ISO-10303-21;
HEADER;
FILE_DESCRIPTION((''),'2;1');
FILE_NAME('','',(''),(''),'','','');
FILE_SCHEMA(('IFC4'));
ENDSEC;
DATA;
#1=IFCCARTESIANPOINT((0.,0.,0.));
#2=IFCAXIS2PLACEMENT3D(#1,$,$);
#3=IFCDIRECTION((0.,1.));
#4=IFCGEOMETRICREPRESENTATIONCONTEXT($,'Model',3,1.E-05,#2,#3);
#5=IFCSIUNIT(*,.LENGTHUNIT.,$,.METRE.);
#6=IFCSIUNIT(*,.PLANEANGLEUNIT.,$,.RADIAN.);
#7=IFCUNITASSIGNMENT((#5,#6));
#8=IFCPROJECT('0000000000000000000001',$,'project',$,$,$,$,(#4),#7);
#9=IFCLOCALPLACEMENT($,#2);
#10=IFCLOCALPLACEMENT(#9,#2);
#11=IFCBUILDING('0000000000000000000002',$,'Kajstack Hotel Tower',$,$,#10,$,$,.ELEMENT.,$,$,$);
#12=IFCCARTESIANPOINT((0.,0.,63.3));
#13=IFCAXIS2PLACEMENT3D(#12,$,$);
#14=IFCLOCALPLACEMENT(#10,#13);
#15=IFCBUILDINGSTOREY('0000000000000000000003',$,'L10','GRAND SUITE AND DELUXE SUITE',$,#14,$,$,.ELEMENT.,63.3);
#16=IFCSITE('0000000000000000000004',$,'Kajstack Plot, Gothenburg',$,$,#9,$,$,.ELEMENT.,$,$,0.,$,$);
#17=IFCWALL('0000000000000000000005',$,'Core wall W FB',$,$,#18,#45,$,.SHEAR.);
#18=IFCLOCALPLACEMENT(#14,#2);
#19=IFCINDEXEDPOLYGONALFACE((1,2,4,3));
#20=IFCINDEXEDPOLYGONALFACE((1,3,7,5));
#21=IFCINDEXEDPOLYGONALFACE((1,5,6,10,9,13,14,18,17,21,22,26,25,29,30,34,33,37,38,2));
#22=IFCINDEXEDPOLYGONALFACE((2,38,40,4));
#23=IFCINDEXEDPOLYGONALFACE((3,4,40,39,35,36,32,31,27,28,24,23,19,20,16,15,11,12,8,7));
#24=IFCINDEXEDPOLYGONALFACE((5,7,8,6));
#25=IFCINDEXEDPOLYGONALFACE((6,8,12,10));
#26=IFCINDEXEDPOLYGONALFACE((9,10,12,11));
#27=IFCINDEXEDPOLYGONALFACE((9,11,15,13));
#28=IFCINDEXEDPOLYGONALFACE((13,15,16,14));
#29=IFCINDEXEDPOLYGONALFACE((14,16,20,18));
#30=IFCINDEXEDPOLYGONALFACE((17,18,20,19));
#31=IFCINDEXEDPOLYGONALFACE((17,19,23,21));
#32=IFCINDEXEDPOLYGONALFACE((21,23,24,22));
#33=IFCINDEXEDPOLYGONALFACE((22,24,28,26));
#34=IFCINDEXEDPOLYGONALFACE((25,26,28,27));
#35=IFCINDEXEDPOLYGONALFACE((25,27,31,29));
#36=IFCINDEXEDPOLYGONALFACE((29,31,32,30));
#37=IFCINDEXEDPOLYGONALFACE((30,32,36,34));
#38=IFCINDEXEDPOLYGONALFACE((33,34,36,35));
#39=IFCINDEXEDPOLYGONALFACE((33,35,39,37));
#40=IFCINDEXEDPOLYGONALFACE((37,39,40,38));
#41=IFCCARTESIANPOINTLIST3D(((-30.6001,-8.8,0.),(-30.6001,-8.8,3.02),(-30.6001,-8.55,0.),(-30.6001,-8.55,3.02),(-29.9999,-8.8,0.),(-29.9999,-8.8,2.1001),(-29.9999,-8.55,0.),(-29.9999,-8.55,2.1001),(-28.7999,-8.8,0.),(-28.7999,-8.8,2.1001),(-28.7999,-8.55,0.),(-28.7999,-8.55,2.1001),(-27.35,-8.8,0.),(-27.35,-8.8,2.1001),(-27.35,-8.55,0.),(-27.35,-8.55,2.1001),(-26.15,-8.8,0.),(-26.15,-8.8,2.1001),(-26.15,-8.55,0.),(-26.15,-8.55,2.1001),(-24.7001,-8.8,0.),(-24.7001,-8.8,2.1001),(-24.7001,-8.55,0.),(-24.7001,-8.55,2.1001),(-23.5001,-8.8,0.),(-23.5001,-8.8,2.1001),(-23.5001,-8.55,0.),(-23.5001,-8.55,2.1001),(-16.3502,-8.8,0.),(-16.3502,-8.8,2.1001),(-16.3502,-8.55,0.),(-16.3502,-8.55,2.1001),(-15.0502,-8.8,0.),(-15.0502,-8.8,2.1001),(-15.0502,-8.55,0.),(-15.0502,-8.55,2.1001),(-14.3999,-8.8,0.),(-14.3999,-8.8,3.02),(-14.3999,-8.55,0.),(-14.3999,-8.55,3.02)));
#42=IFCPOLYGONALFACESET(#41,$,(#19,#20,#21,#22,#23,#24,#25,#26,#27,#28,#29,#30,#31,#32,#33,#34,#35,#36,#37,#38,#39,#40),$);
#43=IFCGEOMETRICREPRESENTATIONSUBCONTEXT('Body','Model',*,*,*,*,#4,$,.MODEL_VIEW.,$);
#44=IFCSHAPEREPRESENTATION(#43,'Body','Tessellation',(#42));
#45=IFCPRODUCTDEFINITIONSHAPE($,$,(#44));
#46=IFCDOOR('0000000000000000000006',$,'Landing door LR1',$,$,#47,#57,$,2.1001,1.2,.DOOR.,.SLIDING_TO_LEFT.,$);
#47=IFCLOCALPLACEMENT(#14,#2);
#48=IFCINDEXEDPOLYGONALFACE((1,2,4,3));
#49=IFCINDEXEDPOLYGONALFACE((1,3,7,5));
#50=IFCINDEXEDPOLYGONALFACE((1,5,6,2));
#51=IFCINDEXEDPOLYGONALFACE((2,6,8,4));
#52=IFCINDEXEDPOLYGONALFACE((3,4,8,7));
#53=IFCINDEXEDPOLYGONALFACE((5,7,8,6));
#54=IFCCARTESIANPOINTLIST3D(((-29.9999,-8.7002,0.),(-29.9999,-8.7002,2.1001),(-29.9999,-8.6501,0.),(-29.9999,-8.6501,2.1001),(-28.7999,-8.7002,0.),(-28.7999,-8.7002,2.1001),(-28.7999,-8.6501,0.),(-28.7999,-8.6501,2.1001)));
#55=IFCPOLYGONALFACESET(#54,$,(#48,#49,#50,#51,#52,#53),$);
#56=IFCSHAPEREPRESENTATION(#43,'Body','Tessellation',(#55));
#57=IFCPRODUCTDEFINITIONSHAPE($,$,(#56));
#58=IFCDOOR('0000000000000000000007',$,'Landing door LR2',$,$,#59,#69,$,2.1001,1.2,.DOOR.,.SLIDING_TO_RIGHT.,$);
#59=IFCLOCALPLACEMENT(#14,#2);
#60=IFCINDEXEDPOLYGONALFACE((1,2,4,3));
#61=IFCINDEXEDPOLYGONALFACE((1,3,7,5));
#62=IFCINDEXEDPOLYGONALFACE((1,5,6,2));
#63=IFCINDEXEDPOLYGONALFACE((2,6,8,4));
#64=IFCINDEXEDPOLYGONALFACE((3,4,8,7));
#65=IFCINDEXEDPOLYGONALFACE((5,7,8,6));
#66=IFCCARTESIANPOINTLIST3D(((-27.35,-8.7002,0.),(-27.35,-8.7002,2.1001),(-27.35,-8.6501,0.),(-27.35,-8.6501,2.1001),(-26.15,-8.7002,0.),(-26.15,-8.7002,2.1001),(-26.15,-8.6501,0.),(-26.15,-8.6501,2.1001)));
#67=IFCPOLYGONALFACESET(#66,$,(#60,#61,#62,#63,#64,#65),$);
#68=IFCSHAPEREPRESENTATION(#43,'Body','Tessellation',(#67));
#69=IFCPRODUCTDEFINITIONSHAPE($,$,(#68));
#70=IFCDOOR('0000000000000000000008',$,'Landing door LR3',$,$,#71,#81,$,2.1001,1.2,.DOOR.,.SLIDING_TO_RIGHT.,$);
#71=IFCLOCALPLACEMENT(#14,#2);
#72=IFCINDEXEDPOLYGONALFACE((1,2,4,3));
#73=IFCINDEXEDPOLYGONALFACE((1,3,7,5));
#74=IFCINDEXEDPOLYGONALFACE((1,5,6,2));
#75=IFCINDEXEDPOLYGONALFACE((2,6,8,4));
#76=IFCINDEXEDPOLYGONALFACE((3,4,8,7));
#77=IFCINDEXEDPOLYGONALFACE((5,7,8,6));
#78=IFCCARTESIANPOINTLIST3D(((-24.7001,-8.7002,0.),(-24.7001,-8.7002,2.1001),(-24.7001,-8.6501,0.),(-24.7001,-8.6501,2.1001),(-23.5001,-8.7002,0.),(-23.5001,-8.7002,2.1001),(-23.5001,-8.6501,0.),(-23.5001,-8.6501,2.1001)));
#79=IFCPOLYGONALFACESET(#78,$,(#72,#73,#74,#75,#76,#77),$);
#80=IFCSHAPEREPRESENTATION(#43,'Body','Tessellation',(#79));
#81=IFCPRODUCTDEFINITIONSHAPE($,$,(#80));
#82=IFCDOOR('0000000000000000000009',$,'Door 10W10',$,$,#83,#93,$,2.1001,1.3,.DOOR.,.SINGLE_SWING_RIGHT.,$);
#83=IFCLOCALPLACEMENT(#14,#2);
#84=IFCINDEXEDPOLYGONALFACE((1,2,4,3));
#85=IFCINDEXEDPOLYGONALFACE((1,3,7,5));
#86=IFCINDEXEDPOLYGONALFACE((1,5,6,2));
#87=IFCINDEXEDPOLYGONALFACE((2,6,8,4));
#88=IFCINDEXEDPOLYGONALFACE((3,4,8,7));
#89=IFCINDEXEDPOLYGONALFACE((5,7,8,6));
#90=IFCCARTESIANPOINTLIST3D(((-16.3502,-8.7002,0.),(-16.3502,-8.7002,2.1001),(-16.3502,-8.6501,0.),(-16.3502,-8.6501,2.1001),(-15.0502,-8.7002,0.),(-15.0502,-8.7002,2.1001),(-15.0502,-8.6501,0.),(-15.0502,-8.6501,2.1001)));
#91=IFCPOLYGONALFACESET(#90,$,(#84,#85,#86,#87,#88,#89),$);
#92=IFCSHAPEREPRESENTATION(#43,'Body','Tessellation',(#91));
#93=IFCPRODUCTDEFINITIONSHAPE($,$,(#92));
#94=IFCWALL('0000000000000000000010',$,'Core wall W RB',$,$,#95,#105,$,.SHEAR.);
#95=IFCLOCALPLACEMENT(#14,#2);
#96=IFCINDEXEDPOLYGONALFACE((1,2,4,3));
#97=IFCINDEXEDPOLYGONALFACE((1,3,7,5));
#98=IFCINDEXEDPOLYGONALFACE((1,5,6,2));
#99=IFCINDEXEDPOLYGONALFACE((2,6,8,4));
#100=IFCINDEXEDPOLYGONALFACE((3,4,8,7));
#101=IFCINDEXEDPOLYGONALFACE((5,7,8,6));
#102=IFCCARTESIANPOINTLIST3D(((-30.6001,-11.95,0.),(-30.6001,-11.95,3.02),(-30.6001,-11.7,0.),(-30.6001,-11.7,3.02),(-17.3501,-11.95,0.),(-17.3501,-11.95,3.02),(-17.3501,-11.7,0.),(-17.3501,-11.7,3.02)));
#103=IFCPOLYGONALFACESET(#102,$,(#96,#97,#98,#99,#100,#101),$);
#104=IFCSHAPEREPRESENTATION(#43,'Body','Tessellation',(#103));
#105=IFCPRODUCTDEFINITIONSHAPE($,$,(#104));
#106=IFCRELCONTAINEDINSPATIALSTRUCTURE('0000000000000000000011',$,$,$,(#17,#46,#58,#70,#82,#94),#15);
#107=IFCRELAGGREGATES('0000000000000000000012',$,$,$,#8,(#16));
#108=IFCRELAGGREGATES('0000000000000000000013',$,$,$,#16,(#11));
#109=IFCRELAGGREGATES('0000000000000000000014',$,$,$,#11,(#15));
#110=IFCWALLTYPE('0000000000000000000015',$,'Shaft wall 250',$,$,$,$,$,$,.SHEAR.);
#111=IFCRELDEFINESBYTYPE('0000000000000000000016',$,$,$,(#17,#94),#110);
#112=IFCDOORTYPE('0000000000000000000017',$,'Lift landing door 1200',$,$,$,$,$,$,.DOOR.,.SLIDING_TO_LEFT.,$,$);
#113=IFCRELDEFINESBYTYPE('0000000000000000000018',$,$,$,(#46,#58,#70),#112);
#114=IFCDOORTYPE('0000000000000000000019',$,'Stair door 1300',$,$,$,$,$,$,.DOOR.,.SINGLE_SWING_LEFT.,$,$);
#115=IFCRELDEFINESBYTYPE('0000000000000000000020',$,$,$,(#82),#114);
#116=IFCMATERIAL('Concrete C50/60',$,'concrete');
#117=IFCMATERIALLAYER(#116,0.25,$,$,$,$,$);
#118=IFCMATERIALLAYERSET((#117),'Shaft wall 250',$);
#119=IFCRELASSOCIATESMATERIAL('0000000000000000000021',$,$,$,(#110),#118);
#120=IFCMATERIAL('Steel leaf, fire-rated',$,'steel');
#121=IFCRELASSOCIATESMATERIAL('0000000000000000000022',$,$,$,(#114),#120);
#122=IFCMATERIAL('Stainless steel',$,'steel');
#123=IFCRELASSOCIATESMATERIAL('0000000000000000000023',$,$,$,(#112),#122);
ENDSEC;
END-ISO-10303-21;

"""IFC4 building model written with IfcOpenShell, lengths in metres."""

from ifc_helpers import new_model, si_unit, direction, frame, frame_2d, origin, place, context, subcontext, project, spatial, rectangle, extrude, material, layer, layer_set, type_object, element, fill, save


model = new_model("IFC4")

# Units and contexts
model_context = context("Model", 3, precision=1e-05, world=origin(), true_north=direction((0.0, 1.0)))
body_context = subcontext(model_context, "Body", "Model", "MODEL_VIEW")
ifc_project = project(units=[si_unit("LENGTHUNIT", "METRE"), si_unit("PLANEANGLEUNIT", "RADIAN")], contexts=[model_context])

# Site, building, storey
site_placement = place(None, origin())
site = spatial("IfcSite", under=ifc_project, at=site_placement, Name="Kajstack Plot, Gothenburg", CompositionType="ELEMENT", RefElevation=0.0)
building_placement = place(site_placement, origin())
building = spatial("IfcBuilding", under=site, at=building_placement, Name="Kajstack Hotel Tower", CompositionType="ELEMENT")
storey_placement = place(building_placement, frame((0.0, 0.0, 63.3)))
storey = spatial("IfcBuildingStorey", under=building, at=storey_placement, Name="L10", Description="GRAND SUITE AND DELUXE SUITE", CompositionType="ELEMENT", Elevation=63.3)

# Shared definitions
ifc_material_1 = material(Name="Stainless steel", Category="steel")

# Shared definitions
ifc_material_2 = material(Name="Concrete C50/60", Category="concrete")
ifc_layer_1 = layer(ifc_material_2, 0.25)
ifc_layer_set_1 = layer_set([ifc_layer_1], Name="Shaft wall 250")
wall_type_1 = type_object("IfcWallType", Name="Shaft wall 250", PredefinedType="SHEAR", material=ifc_layer_set_1)
ifc_material_3 = material(Name="Steel leaf, fire-rated", Category="steel")
door_type_1 = type_object("IfcDoorType", Name="Stair door 1300", OperationType="SINGLE_SWING_LEFT", PredefinedType="DOOR", material=ifc_material_3)

# Wall, openings, doors
wall_1_placement = place(storey_placement, frame((-30.6001, -8.675, 0.0), z_axis=(0.0, 0.0, 1.0), x_axis=(1.0, 0.0, 0.0)))
wall_1 = element("IfcWall", 1, at=wall_1_placement, inside=storey, type_object=wall_type_1, Name="Core wall W FB", PredefinedType="SHEAR", context=body_context, shape_type="SweptSolid", body=[
    extrude(rectangle(XDim=16.2002, YDim=0.25, at=frame_2d((8.1001, 0.0))), origin(), (0.0, 0.0, 1.0), 3.02),
])
opening_1_placement = place(wall_1_placement, frame((0.6001, 0.0, 0.0)))
opening_1 = element("IfcOpeningElement", 2, at=opening_1_placement, cuts=wall_1, PredefinedType="OPENING", context=body_context, shape_type="SweptSolid", body=[
    extrude(rectangle(XDim=1.2, YDim=2.1001, at=frame_2d((0.6001, 1.05))), frame((0.0, 0.135, 0.0), z_axis=(0.0, -1.0, 0.0), x_axis=(1.0, 0.0, 0.0)), (0.0, 0.0, 1.0), 0.27),
])
opening_2_placement = place(wall_1_placement, frame((3.25, 0.0, 0.0)))
opening_2 = element("IfcOpeningElement", 3, at=opening_2_placement, cuts=wall_1, PredefinedType="OPENING", context=body_context, shape_type="SweptSolid", body=[
    extrude(rectangle(XDim=1.2, YDim=2.1001, at=frame_2d((0.6001, 1.05))), frame((0.0, 0.135, 0.0), z_axis=(0.0, -1.0, 0.0), x_axis=(1.0, 0.0, 0.0)), (0.0, 0.0, 1.0), 0.27),
])
opening_3_placement = place(wall_1_placement, frame((5.8999, 0.0, 0.0)))
opening_3 = element("IfcOpeningElement", 4, at=opening_3_placement, cuts=wall_1, PredefinedType="OPENING", context=body_context, shape_type="SweptSolid", body=[
    extrude(rectangle(XDim=1.2, YDim=2.1001, at=frame_2d((0.6001, 1.05))), frame((0.0, 0.135, 0.0), z_axis=(0.0, -1.0, 0.0), x_axis=(1.0, 0.0, 0.0)), (0.0, 0.0, 1.0), 0.27),
])
opening_4_placement = place(wall_1_placement, frame((14.25, 0.0, 0.0)))
opening_4 = element("IfcOpeningElement", 5, at=opening_4_placement, cuts=wall_1, PredefinedType="OPENING", context=body_context, shape_type="SweptSolid", body=[
    extrude(rectangle(XDim=1.3, YDim=2.1001, at=frame_2d((0.6499, 1.05))), frame((0.0, 0.135, 0.0), z_axis=(0.0, -1.0, 0.0), x_axis=(1.0, 0.0, 0.0)), (0.0, 0.0, 1.0), 0.27),
])
door_type_2 = type_object("IfcDoorType", Name="Lift landing door 1200", OperationType="SLIDING_TO_LEFT", PredefinedType="DOOR", material=ifc_material_1)
door_1_placement = place(opening_1_placement, origin())
door_1 = element("IfcDoor", 6, at=door_1_placement, inside=storey, type_object=door_type_2, Name="Landing door LR1", OperationType="SLIDING_TO_LEFT", OverallHeight=2.1001, OverallWidth=1.2, PredefinedType="DOOR", context=body_context, shape_type="SweptSolid", body=[
    extrude(rectangle(XDim=1.2, YDim=2.1001, at=frame_2d((0.6001, 1.05))), frame((0.0, 0.0249, 0.0), z_axis=(0.0, -1.0, 0.0), x_axis=(1.0, 0.0, 0.0)), (0.0, 0.0, 1.0), 0.05),
])
fill(opening_1, door_1)
door_2_placement = place(opening_2_placement, origin())
door_2 = element("IfcDoor", 7, at=door_2_placement, inside=storey, type_object=door_type_2, Name="Landing door LR2", OperationType="SLIDING_TO_RIGHT", OverallHeight=2.1001, OverallWidth=1.2, PredefinedType="DOOR", context=body_context, shape_type="SweptSolid", body=[
    extrude(rectangle(XDim=1.2, YDim=2.1001, at=frame_2d((0.6001, 1.05))), frame((0.0, 0.0249, 0.0), z_axis=(0.0, -1.0, 0.0), x_axis=(1.0, 0.0, 0.0)), (0.0, 0.0, 1.0), 0.05),
])
fill(opening_2, door_2)
door_3_placement = place(opening_3_placement, origin())
door_3 = element("IfcDoor", 8, at=door_3_placement, inside=storey, type_object=door_type_2, Name="Landing door LR3", OperationType="SLIDING_TO_RIGHT", OverallHeight=2.1001, OverallWidth=1.2, PredefinedType="DOOR", context=body_context, shape_type="SweptSolid", body=[
    extrude(rectangle(XDim=1.2, YDim=2.1001, at=frame_2d((0.6001, 1.05))), frame((0.0, 0.0249, 0.0), z_axis=(0.0, -1.0, 0.0), x_axis=(1.0, 0.0, 0.0)), (0.0, 0.0, 1.0), 0.05),
])
fill(opening_3, door_3)
door_4_placement = place(opening_4_placement, origin())
door_4 = element("IfcDoor", 9, at=door_4_placement, inside=storey, type_object=door_type_1, Name="Door 10W10", OperationType="SINGLE_SWING_RIGHT", OverallHeight=2.1001, OverallWidth=1.3, PredefinedType="DOOR", context=body_context, shape_type="SweptSolid", body=[
    extrude(rectangle(XDim=1.3, YDim=2.1001, at=frame_2d((0.6499, 1.05))), frame((0.0, 0.0249, 0.0), z_axis=(0.0, -1.0, 0.0), x_axis=(1.0, 0.0, 0.0)), (0.0, 0.0, 1.0), 0.05),
])
fill(opening_4, door_4)

# Wall
wall_2_placement = place(storey_placement, frame((-30.6001, -11.825, 0.0), z_axis=(0.0, 0.0, 1.0), x_axis=(1.0, 0.0, 0.0)))
element("IfcWall", 10, at=wall_2_placement, inside=storey, type_object=wall_type_1, Name="Core wall W RB", PredefinedType="SHEAR", context=body_context, shape_type="SweptSolid", body=[
    extrude(rectangle(XDim=13.25, YDim=0.25, at=frame_2d((6.625, 0.0))), origin(), (0.0, 0.0, 1.0), 3.02),
])

save(model, "model.ifc")
